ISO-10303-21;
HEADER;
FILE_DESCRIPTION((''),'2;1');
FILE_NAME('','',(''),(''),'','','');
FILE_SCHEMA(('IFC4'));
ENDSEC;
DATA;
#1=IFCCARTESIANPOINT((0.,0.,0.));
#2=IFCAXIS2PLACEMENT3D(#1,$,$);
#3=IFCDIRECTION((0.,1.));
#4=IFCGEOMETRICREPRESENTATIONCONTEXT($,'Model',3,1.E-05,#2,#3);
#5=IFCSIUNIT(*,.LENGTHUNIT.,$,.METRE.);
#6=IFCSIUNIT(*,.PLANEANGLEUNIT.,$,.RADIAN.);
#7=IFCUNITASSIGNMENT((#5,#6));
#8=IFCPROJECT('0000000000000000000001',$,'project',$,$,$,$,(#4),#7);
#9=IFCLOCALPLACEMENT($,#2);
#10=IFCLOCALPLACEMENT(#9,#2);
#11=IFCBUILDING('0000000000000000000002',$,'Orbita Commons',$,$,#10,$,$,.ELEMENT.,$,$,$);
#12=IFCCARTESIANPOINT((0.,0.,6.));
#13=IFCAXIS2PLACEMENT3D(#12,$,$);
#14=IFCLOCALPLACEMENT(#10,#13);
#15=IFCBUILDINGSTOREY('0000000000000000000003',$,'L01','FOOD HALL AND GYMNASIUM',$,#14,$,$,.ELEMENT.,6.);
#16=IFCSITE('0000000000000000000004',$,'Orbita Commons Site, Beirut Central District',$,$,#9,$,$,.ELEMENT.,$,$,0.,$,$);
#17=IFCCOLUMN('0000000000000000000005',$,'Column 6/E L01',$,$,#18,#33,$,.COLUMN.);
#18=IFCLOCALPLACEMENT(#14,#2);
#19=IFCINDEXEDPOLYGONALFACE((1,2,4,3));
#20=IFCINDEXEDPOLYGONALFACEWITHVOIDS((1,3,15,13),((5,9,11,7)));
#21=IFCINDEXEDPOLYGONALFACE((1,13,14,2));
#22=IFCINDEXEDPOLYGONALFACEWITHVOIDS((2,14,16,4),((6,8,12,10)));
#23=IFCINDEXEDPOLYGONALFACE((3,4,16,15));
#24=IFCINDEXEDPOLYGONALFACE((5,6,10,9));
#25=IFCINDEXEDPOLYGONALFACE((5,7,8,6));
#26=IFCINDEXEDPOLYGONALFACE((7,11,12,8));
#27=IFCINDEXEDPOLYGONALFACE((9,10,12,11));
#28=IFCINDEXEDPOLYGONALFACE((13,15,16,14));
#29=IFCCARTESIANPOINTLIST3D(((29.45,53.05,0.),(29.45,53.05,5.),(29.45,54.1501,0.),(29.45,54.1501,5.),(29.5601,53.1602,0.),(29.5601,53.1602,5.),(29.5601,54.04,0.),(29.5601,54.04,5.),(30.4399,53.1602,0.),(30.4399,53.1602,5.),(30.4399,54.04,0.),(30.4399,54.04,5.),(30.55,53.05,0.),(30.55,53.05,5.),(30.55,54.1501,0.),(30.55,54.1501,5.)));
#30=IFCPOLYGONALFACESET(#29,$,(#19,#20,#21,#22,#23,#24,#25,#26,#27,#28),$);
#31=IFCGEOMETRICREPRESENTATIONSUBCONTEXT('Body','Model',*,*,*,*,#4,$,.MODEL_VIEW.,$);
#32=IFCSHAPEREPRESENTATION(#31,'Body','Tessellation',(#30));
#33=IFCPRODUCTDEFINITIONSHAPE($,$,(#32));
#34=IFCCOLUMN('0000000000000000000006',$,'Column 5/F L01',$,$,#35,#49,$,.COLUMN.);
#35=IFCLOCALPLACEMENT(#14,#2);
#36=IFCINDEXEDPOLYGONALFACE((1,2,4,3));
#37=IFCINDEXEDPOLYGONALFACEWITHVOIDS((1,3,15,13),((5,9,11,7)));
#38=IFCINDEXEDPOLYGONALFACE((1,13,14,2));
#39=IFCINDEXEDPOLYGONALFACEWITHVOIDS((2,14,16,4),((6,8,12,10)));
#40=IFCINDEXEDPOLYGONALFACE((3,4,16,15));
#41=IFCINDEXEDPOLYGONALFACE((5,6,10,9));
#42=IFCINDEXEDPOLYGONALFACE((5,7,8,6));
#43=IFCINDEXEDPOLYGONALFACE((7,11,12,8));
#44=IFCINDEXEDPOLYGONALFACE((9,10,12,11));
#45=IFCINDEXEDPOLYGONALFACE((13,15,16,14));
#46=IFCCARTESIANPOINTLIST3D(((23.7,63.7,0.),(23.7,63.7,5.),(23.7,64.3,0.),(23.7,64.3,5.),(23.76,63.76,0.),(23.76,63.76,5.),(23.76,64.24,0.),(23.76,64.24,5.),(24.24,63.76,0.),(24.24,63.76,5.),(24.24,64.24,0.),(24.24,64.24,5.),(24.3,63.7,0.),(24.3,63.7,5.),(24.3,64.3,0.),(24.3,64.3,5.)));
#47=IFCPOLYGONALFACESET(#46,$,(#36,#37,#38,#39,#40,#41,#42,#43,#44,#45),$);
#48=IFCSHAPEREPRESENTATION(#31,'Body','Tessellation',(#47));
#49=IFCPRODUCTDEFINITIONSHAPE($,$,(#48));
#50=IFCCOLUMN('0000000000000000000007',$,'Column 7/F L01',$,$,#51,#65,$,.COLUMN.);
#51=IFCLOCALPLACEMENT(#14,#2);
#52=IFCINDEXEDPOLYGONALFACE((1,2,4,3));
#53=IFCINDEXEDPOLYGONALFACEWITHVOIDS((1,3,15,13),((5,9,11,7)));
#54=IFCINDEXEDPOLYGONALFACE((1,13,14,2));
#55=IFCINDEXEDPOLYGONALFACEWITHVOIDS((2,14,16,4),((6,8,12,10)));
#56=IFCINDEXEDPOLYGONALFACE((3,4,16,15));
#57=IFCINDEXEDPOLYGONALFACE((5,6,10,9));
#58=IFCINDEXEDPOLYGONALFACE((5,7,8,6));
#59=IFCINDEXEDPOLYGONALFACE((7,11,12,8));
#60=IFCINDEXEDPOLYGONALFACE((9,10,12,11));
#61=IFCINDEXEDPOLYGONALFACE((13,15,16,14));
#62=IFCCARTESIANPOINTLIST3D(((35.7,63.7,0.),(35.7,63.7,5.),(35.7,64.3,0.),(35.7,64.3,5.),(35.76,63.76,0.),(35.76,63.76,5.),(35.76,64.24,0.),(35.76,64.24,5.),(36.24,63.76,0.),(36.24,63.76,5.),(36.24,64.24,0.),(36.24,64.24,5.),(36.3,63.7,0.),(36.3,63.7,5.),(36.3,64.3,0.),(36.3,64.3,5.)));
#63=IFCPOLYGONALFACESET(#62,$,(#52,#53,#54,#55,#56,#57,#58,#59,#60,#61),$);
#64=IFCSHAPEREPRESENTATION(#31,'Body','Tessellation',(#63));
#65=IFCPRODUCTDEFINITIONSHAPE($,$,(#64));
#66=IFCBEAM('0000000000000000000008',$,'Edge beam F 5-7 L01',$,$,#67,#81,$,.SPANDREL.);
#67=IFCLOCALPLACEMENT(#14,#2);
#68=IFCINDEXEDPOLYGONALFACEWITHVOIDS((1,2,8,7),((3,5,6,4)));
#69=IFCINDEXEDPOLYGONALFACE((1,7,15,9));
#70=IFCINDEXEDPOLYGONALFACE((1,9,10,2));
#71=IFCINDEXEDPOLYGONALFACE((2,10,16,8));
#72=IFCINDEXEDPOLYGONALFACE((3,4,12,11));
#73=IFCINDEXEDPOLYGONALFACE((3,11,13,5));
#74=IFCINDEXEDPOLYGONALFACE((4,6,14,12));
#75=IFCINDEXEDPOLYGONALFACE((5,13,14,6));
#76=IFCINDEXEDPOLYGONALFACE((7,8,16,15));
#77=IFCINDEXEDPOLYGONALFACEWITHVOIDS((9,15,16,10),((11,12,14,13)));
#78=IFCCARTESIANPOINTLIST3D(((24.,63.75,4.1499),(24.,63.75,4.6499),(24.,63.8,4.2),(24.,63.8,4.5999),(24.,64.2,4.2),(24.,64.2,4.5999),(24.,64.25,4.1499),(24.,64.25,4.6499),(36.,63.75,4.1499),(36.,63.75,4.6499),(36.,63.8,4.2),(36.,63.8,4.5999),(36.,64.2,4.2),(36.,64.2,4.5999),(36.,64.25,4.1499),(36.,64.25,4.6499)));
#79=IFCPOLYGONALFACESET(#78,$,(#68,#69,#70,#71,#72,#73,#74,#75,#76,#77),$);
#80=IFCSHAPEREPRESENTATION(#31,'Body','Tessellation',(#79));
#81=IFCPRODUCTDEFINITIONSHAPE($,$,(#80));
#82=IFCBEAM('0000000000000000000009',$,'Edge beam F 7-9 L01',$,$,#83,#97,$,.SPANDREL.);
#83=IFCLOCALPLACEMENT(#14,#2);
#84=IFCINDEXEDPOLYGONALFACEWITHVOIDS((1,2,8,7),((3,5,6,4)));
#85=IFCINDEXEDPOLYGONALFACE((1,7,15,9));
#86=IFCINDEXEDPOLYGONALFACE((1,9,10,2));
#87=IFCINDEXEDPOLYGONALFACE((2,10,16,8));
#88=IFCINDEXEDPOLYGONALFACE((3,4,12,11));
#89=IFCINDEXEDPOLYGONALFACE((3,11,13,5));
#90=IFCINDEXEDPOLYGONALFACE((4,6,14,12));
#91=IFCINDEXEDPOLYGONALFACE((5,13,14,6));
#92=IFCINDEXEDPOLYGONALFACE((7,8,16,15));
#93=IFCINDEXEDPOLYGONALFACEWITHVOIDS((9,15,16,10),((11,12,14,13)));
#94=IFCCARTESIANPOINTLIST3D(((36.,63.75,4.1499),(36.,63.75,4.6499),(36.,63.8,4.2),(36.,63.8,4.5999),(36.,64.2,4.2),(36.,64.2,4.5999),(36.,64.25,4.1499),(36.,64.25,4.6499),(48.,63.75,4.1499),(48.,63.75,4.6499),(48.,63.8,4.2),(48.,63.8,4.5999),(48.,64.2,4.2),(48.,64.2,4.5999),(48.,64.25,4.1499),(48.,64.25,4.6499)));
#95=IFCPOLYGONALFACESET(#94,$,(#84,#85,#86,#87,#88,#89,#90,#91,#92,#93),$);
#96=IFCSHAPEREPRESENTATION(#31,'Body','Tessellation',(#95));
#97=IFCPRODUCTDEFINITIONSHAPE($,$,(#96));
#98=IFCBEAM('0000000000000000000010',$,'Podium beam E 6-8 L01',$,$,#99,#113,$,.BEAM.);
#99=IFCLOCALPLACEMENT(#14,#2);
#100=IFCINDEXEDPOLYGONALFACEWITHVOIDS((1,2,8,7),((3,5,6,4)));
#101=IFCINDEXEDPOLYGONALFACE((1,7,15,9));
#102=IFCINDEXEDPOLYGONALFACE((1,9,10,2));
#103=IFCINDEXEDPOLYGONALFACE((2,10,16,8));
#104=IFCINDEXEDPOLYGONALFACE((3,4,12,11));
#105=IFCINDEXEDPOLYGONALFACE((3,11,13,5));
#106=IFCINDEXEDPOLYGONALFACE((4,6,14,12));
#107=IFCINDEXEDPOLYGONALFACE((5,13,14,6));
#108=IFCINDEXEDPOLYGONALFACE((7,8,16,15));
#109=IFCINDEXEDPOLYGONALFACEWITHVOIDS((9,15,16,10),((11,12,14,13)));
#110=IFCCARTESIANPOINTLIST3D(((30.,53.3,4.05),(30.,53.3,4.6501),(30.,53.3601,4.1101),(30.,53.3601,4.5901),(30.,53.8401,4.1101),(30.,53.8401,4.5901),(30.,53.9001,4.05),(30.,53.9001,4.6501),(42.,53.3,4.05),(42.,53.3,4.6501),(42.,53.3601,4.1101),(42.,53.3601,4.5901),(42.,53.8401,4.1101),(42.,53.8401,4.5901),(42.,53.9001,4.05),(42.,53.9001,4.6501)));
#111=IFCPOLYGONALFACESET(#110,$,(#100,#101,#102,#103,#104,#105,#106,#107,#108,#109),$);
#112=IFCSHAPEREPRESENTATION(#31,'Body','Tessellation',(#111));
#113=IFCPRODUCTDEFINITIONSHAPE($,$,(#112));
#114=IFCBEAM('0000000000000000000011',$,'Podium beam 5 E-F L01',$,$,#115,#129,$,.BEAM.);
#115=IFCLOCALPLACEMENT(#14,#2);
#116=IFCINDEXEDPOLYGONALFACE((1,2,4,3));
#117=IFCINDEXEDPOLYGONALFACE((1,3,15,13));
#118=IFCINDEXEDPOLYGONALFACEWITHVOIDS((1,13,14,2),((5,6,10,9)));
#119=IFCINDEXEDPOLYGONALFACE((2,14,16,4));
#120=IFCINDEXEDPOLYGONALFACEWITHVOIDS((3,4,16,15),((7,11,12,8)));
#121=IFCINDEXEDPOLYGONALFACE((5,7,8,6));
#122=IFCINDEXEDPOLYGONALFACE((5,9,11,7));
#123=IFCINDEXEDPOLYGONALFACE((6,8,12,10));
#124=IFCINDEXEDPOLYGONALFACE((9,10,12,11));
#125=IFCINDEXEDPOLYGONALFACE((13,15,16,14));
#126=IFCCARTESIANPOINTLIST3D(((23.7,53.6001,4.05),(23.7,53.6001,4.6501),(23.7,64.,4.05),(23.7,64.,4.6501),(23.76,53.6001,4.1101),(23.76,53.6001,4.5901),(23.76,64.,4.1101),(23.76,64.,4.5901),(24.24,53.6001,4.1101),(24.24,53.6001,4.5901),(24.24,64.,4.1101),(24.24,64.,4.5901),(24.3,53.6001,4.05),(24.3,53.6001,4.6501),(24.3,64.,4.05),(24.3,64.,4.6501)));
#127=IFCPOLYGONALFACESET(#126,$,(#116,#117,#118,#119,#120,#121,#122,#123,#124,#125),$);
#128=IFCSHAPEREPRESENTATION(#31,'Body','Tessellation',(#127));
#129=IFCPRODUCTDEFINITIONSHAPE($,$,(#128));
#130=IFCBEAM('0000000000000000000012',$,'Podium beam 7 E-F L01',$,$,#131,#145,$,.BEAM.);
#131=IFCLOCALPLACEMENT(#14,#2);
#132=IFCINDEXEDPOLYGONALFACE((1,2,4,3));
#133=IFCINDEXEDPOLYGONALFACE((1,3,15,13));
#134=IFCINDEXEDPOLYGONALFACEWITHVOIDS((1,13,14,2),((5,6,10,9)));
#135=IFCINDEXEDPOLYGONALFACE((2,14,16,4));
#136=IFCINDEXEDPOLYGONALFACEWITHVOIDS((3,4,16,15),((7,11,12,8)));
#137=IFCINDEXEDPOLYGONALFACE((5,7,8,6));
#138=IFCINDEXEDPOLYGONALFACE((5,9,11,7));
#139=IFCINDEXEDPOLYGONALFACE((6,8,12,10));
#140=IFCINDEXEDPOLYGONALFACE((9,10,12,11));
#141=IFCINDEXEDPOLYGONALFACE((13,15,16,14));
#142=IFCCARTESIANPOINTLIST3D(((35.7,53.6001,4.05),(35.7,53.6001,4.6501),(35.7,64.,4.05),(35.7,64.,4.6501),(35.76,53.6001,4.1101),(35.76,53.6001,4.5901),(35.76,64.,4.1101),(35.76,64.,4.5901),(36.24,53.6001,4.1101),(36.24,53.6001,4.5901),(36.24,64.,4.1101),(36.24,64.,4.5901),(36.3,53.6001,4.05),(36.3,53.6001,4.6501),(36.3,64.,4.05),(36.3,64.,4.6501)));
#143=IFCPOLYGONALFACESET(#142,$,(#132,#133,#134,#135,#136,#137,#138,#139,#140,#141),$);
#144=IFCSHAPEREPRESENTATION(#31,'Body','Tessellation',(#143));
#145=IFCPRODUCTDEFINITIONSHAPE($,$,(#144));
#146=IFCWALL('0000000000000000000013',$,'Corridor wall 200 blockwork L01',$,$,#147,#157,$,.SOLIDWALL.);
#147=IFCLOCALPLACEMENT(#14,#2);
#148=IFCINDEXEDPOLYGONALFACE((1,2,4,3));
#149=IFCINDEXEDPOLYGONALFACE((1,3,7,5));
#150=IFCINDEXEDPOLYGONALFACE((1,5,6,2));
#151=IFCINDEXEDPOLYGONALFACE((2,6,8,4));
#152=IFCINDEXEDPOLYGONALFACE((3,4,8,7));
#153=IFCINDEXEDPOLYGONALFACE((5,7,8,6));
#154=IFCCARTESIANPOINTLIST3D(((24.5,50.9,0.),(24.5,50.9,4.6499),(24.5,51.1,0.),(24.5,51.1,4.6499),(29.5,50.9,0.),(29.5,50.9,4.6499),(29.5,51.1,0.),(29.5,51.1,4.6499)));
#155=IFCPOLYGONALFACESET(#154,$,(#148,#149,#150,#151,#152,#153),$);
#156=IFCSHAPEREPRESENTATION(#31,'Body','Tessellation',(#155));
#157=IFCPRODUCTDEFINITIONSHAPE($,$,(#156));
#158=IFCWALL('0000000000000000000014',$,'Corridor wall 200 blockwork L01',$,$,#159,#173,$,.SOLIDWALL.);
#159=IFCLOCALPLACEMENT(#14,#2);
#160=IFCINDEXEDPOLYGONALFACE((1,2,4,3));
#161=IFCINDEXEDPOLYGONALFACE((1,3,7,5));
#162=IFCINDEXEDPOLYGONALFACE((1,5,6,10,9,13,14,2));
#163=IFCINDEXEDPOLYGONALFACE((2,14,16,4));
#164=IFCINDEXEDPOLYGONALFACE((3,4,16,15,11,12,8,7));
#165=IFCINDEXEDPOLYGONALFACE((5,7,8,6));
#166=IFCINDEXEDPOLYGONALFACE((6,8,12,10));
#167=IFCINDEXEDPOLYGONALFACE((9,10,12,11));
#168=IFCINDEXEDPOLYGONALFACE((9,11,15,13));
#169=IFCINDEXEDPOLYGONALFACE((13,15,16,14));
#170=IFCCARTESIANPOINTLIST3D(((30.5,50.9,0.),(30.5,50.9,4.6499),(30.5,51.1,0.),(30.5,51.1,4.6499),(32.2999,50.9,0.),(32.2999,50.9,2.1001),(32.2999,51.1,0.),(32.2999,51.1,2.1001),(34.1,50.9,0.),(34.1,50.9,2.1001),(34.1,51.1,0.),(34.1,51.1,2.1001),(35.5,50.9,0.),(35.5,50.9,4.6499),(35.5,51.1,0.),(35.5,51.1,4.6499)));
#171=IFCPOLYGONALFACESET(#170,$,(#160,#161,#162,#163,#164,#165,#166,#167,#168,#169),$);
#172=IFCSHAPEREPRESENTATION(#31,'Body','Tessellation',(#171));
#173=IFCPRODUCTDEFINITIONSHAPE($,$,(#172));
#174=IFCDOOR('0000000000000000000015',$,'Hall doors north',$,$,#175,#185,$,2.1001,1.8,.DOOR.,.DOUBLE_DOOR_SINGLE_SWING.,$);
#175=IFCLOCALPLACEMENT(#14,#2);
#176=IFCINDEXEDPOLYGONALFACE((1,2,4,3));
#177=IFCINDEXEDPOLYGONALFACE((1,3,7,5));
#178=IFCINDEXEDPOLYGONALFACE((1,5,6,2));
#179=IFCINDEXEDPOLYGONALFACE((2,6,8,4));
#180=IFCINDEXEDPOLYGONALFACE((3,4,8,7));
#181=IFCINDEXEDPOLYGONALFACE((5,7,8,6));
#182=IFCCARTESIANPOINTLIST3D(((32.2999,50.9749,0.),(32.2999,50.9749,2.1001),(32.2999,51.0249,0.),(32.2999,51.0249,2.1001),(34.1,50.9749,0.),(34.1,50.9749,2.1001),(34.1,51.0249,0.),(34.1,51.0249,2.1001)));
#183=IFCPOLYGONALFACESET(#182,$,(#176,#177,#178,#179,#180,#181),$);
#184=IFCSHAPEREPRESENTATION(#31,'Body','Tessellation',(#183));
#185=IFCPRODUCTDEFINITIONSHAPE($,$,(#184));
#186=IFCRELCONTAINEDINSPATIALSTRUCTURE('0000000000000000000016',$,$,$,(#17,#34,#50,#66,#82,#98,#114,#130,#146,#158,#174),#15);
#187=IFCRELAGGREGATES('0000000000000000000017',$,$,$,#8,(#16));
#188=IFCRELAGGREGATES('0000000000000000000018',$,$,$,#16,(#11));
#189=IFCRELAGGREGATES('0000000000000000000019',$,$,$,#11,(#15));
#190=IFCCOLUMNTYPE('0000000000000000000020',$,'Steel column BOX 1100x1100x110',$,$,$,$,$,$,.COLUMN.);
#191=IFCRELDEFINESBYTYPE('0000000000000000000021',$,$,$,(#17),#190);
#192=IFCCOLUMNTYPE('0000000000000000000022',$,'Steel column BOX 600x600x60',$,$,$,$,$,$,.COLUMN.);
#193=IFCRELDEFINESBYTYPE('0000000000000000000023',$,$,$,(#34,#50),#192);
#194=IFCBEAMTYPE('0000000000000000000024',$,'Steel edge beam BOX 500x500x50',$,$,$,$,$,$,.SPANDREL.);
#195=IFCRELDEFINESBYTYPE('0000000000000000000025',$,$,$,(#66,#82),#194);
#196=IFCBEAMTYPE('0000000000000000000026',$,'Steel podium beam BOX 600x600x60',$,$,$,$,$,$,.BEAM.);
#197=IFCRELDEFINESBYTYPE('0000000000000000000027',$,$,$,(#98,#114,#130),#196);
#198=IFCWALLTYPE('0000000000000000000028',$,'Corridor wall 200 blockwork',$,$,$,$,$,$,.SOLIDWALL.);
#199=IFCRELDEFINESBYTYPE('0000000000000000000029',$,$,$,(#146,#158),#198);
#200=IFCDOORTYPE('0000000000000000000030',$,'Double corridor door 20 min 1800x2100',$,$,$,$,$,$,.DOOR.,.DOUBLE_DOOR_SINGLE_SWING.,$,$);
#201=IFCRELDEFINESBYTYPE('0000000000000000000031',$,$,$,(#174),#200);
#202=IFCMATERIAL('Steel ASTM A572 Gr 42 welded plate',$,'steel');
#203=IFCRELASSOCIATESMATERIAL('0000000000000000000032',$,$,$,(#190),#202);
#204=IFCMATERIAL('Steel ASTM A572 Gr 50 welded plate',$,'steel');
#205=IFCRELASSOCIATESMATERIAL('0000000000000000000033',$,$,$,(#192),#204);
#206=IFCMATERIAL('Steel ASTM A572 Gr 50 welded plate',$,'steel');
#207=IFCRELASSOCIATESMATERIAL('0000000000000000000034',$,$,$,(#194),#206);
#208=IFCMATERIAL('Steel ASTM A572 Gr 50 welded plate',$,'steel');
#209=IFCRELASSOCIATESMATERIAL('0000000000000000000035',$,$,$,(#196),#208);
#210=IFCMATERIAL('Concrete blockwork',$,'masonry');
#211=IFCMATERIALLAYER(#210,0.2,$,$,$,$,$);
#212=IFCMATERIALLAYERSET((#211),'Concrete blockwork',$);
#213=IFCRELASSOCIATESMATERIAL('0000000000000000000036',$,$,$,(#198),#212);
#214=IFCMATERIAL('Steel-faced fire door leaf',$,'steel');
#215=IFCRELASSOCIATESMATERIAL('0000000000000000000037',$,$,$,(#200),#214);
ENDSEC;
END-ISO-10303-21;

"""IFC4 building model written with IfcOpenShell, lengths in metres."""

from ifc_helpers import new_model, si_unit, direction, frame, frame_2d, origin, origin_2d, place, context, subcontext, project, spatial, rectangle, hollow_rectangle, extrude, material, layer, layer_set, material_profile, profile_set, type_object, element, fill, save


model = new_model("IFC4")

# Units and contexts
model_context = context("Model", 3, precision=1e-05, world=origin(), true_north=direction((0.0, 1.0)))
body_context = subcontext(model_context, "Body", "Model", "MODEL_VIEW")
ifc_project = project(units=[si_unit("LENGTHUNIT", "METRE"), si_unit("PLANEANGLEUNIT", "RADIAN")], contexts=[model_context])

# Site, building, storey
site_placement = place(None, origin())
site = spatial("IfcSite", under=ifc_project, at=site_placement, Name="Orbita Commons Site, Beirut Central District", CompositionType="ELEMENT", RefElevation=0.0)
building_placement = place(site_placement, origin())
building = spatial("IfcBuilding", under=site, at=building_placement, Name="Orbita Commons", CompositionType="ELEMENT")
storey_placement = place(building_placement, frame((0.0, 0.0, 6.0)))
storey = spatial("IfcBuildingStorey", under=building, at=storey_placement, Name="L01", Description="FOOD HALL AND GYMNASIUM", CompositionType="ELEMENT", Elevation=6.0)

# Columns
ifc_material_1 = material(Name="Steel ASTM A572 Gr 42 welded plate", Category="steel")
ifc_material_profile_1 = material_profile(ifc_material_1, hollow_rectangle(XDim=1.1001, YDim=1.1001, WallThickness=0.1101, at=origin_2d()), Name="BOX 1100x1100x110")
ifc_profile_set_1 = profile_set([ifc_material_profile_1], Name="Steel ASTM A572 Gr 42 welded plate")
column_type_1 = type_object("IfcColumnType", Name="Steel column BOX 1100x1100x110", PredefinedType="COLUMN", material=ifc_profile_set_1)
column_placement = place(storey_placement, frame((30.0, 53.6001, 0.0), z_axis=(0.0, 0.0, 1.0), x_axis=(1.0, 0.0, 0.0)))
element("IfcColumn", 1, at=column_placement, inside=storey, type_object=column_type_1, Name="Column 6/E L01", PredefinedType="COLUMN", context=body_context, shape_type="SweptSolid", body=[
    extrude(hollow_rectangle(XDim=1.1001, YDim=1.1001, WallThickness=0.1101, at=origin_2d()), origin(), (0.0, 0.0, 1.0), 5.0),
])
ifc_material_2 = material(Name="Steel ASTM A572 Gr 50 welded plate", Category="steel")
ifc_material_profile_2 = material_profile(ifc_material_2, hollow_rectangle(XDim=0.6001, YDim=0.6001, WallThickness=0.0601, at=origin_2d()), Name="BOX 600x600x60")
ifc_profile_set_2 = profile_set([ifc_material_profile_2], Name="Steel ASTM A572 Gr 50 welded plate")
column_type_2 = type_object("IfcColumnType", Name="Steel column BOX 600x600x60", PredefinedType="COLUMN", material=ifc_profile_set_2)
for number, where, z_axis, x_axis, name in (
    (2, (24.0, 64.0, 0.0), (0.0, 0.0, 1.0), (1.0, 0.0, 0.0), "Column 5/F L01"),
    (3, (36.0, 64.0, 0.0), (0.0, 0.0, 1.0), (1.0, 0.0, 0.0), "Column 7/F L01"),
):
    element("IfcColumn", number, at=place(storey_placement, frame(where, z_axis=z_axis, x_axis=x_axis)), inside=storey, type_object=column_type_2, Name=name, PredefinedType="COLUMN", context=body_context, shape_type="SweptSolid", body=[
        extrude(hollow_rectangle(XDim=0.6001, YDim=0.6001, WallThickness=0.0601, at=origin_2d()), origin(), (0.0, 0.0, 1.0), 5.0),
    ])

# Beams
ifc_material_3 = material(Name="Steel ASTM A572 Gr 50 welded plate", Category="steel")
ifc_material_profile_3 = material_profile(ifc_material_3, hollow_rectangle(XDim=0.5, YDim=0.5, WallThickness=0.05, at=origin_2d()), Name="BOX 500x500x50")
ifc_profile_set_3 = profile_set([ifc_material_profile_3], Name="Steel ASTM A572 Gr 50 welded plate")
beam_type_1 = type_object("IfcBeamType", Name="Steel edge beam BOX 500x500x50", PredefinedType="SPANDREL", material=ifc_profile_set_3)
for number, where, z_axis, x_axis, name in (
    (4, (24.0, 64.0, 4.3999), (1.0, 0.0, 0.0), (0.0, 1.0, 0.0), "Edge beam F 5-7 L01"),
    (5, (36.0, 64.0, 4.3999), (1.0, 0.0, 0.0), (0.0, 1.0, 0.0), "Edge beam F 7-9 L01"),
):
    element("IfcBeam", number, at=place(storey_placement, frame(where, z_axis=z_axis, x_axis=x_axis)), inside=storey, type_object=beam_type_1, Name=name, PredefinedType="SPANDREL", context=body_context, shape_type="SweptSolid", body=[
        extrude(hollow_rectangle(XDim=0.5, YDim=0.5, WallThickness=0.05, at=origin_2d()), origin(), (0.0, 0.0, 1.0), 12.0),
    ])
ifc_material_4 = material(Name="Steel ASTM A572 Gr 50 welded plate", Category="steel")
ifc_material_profile_4 = material_profile(ifc_material_4, hollow_rectangle(XDim=0.6001, YDim=0.6001, WallThickness=0.0601, at=origin_2d()), Name="BOX 600x600x60")
ifc_profile_set_4 = profile_set([ifc_material_profile_4], Name="Steel ASTM A572 Gr 50 welded plate")
beam_type_2 = type_object("IfcBeamType", Name="Steel podium beam BOX 600x600x60", PredefinedType="BEAM", material=ifc_profile_set_4)
beam_placement = place(storey_placement, frame((30.0, 53.6001, 4.3501), z_axis=(1.0, 0.0, 0.0), x_axis=(0.0, 1.0, 0.0)))
element("IfcBeam", 6, at=beam_placement, inside=storey, type_object=beam_type_2, Name="Podium beam E 6-8 L01", PredefinedType="BEAM", context=body_context, shape_type="SweptSolid", body=[
    extrude(hollow_rectangle(XDim=0.6001, YDim=0.6001, WallThickness=0.0601, at=origin_2d()), origin(), (0.0, 0.0, 1.0), 12.0),
])
for number, where, z_axis, x_axis, name in (
    (7, (24.0, 53.6001, 4.3501), (0.0, 1.0, 0.0), (-1.0, 0.0, 0.0), "Podium beam 5 E-F L01"),
    (8, (36.0, 53.6001, 4.3501), (0.0, 1.0, 0.0), (-1.0, 0.0, 0.0), "Podium beam 7 E-F L01"),
):
    element("IfcBeam", number, at=place(storey_placement, frame(where, z_axis=z_axis, x_axis=x_axis)), inside=storey, type_object=beam_type_2, Name=name, PredefinedType="BEAM", context=body_context, shape_type="SweptSolid", body=[
        extrude(hollow_rectangle(XDim=0.6001, YDim=0.6001, WallThickness=0.0601, at=origin_2d()), origin(), (0.0, 0.0, 1.0), 10.3999),
    ])

# Wall
ifc_material_5 = material(Name="Concrete blockwork", Category="masonry")
ifc_layer_1 = layer(ifc_material_5, 0.2)
ifc_layer_set_1 = layer_set([ifc_layer_1], Name="Concrete blockwork")
wall_type_1 = type_object("IfcWallType", Name="Corridor wall 200 blockwork", PredefinedType="SOLIDWALL", material=ifc_layer_set_1)
wall_1_placement = place(storey_placement, frame((24.5, 51.0, 0.0), z_axis=(0.0, 0.0, 1.0), x_axis=(1.0, 0.0, 0.0)))
element("IfcWall", 9, at=wall_1_placement, inside=storey, type_object=wall_type_1, Name="Corridor wall 200 blockwork L01", PredefinedType="SOLIDWALL", context=body_context, shape_type="SweptSolid", body=[
    extrude(rectangle(XDim=5.0, YDim=0.2, at=frame_2d((2.5, 0.0))), origin(), (0.0, 0.0, 1.0), 4.6499),
])

# Wall, opening, door
wall_2_placement = place(storey_placement, frame((30.5, 51.0, 0.0), z_axis=(0.0, 0.0, 1.0), x_axis=(1.0, 0.0, 0.0)))
wall_2 = element("IfcWall", 10, at=wall_2_placement, inside=storey, type_object=wall_type_1, Name="Corridor wall 200 blockwork L01", PredefinedType="SOLIDWALL", context=body_context, shape_type="SweptSolid", body=[
    extrude(rectangle(XDim=5.0, YDim=0.2, at=frame_2d((2.5, 0.0))), origin(), (0.0, 0.0, 1.0), 4.6499),
])
opening_1_placement = place(wall_2_placement, frame((1.8, 0.0, 0.0)))
opening_1 = element("IfcOpeningElement", 11, at=opening_1_placement, cuts=wall_2, PredefinedType="OPENING", context=body_context, shape_type="SweptSolid", body=[
    extrude(rectangle(XDim=1.8, YDim=2.1001, at=frame_2d((0.8999, 1.05))), frame((0.0, 0.1099, 0.0), z_axis=(0.0, -1.0, 0.0), x_axis=(1.0, 0.0, 0.0)), (0.0, 0.0, 1.0), 0.22),
])
ifc_material_6 = material(Name="Steel-faced fire door leaf", Category="steel")
door_type_1 = type_object("IfcDoorType", Name="Double corridor door 20 min 1800x2100", OperationType="DOUBLE_DOOR_SINGLE_SWING", PredefinedType="DOOR", material=ifc_material_6)
door_1_placement = place(opening_1_placement, origin())
door_1 = element("IfcDoor", 12, at=door_1_placement, inside=storey, type_object=door_type_1, Name="Hall doors north", OperationType="DOUBLE_DOOR_SINGLE_SWING", OverallHeight=2.1001, OverallWidth=1.8, PredefinedType="DOOR", context=body_context, shape_type="SweptSolid", body=[
    extrude(rectangle(XDim=1.8, YDim=2.1001, at=frame_2d((0.8999, 1.05))), frame((0.0, 0.0249, 0.0), z_axis=(0.0, -1.0, 0.0), x_axis=(1.0, 0.0, 0.0)), (0.0, 0.0, 1.0), 0.05),
])
fill(opening_1, door_1)

save(model, "model.ifc")
